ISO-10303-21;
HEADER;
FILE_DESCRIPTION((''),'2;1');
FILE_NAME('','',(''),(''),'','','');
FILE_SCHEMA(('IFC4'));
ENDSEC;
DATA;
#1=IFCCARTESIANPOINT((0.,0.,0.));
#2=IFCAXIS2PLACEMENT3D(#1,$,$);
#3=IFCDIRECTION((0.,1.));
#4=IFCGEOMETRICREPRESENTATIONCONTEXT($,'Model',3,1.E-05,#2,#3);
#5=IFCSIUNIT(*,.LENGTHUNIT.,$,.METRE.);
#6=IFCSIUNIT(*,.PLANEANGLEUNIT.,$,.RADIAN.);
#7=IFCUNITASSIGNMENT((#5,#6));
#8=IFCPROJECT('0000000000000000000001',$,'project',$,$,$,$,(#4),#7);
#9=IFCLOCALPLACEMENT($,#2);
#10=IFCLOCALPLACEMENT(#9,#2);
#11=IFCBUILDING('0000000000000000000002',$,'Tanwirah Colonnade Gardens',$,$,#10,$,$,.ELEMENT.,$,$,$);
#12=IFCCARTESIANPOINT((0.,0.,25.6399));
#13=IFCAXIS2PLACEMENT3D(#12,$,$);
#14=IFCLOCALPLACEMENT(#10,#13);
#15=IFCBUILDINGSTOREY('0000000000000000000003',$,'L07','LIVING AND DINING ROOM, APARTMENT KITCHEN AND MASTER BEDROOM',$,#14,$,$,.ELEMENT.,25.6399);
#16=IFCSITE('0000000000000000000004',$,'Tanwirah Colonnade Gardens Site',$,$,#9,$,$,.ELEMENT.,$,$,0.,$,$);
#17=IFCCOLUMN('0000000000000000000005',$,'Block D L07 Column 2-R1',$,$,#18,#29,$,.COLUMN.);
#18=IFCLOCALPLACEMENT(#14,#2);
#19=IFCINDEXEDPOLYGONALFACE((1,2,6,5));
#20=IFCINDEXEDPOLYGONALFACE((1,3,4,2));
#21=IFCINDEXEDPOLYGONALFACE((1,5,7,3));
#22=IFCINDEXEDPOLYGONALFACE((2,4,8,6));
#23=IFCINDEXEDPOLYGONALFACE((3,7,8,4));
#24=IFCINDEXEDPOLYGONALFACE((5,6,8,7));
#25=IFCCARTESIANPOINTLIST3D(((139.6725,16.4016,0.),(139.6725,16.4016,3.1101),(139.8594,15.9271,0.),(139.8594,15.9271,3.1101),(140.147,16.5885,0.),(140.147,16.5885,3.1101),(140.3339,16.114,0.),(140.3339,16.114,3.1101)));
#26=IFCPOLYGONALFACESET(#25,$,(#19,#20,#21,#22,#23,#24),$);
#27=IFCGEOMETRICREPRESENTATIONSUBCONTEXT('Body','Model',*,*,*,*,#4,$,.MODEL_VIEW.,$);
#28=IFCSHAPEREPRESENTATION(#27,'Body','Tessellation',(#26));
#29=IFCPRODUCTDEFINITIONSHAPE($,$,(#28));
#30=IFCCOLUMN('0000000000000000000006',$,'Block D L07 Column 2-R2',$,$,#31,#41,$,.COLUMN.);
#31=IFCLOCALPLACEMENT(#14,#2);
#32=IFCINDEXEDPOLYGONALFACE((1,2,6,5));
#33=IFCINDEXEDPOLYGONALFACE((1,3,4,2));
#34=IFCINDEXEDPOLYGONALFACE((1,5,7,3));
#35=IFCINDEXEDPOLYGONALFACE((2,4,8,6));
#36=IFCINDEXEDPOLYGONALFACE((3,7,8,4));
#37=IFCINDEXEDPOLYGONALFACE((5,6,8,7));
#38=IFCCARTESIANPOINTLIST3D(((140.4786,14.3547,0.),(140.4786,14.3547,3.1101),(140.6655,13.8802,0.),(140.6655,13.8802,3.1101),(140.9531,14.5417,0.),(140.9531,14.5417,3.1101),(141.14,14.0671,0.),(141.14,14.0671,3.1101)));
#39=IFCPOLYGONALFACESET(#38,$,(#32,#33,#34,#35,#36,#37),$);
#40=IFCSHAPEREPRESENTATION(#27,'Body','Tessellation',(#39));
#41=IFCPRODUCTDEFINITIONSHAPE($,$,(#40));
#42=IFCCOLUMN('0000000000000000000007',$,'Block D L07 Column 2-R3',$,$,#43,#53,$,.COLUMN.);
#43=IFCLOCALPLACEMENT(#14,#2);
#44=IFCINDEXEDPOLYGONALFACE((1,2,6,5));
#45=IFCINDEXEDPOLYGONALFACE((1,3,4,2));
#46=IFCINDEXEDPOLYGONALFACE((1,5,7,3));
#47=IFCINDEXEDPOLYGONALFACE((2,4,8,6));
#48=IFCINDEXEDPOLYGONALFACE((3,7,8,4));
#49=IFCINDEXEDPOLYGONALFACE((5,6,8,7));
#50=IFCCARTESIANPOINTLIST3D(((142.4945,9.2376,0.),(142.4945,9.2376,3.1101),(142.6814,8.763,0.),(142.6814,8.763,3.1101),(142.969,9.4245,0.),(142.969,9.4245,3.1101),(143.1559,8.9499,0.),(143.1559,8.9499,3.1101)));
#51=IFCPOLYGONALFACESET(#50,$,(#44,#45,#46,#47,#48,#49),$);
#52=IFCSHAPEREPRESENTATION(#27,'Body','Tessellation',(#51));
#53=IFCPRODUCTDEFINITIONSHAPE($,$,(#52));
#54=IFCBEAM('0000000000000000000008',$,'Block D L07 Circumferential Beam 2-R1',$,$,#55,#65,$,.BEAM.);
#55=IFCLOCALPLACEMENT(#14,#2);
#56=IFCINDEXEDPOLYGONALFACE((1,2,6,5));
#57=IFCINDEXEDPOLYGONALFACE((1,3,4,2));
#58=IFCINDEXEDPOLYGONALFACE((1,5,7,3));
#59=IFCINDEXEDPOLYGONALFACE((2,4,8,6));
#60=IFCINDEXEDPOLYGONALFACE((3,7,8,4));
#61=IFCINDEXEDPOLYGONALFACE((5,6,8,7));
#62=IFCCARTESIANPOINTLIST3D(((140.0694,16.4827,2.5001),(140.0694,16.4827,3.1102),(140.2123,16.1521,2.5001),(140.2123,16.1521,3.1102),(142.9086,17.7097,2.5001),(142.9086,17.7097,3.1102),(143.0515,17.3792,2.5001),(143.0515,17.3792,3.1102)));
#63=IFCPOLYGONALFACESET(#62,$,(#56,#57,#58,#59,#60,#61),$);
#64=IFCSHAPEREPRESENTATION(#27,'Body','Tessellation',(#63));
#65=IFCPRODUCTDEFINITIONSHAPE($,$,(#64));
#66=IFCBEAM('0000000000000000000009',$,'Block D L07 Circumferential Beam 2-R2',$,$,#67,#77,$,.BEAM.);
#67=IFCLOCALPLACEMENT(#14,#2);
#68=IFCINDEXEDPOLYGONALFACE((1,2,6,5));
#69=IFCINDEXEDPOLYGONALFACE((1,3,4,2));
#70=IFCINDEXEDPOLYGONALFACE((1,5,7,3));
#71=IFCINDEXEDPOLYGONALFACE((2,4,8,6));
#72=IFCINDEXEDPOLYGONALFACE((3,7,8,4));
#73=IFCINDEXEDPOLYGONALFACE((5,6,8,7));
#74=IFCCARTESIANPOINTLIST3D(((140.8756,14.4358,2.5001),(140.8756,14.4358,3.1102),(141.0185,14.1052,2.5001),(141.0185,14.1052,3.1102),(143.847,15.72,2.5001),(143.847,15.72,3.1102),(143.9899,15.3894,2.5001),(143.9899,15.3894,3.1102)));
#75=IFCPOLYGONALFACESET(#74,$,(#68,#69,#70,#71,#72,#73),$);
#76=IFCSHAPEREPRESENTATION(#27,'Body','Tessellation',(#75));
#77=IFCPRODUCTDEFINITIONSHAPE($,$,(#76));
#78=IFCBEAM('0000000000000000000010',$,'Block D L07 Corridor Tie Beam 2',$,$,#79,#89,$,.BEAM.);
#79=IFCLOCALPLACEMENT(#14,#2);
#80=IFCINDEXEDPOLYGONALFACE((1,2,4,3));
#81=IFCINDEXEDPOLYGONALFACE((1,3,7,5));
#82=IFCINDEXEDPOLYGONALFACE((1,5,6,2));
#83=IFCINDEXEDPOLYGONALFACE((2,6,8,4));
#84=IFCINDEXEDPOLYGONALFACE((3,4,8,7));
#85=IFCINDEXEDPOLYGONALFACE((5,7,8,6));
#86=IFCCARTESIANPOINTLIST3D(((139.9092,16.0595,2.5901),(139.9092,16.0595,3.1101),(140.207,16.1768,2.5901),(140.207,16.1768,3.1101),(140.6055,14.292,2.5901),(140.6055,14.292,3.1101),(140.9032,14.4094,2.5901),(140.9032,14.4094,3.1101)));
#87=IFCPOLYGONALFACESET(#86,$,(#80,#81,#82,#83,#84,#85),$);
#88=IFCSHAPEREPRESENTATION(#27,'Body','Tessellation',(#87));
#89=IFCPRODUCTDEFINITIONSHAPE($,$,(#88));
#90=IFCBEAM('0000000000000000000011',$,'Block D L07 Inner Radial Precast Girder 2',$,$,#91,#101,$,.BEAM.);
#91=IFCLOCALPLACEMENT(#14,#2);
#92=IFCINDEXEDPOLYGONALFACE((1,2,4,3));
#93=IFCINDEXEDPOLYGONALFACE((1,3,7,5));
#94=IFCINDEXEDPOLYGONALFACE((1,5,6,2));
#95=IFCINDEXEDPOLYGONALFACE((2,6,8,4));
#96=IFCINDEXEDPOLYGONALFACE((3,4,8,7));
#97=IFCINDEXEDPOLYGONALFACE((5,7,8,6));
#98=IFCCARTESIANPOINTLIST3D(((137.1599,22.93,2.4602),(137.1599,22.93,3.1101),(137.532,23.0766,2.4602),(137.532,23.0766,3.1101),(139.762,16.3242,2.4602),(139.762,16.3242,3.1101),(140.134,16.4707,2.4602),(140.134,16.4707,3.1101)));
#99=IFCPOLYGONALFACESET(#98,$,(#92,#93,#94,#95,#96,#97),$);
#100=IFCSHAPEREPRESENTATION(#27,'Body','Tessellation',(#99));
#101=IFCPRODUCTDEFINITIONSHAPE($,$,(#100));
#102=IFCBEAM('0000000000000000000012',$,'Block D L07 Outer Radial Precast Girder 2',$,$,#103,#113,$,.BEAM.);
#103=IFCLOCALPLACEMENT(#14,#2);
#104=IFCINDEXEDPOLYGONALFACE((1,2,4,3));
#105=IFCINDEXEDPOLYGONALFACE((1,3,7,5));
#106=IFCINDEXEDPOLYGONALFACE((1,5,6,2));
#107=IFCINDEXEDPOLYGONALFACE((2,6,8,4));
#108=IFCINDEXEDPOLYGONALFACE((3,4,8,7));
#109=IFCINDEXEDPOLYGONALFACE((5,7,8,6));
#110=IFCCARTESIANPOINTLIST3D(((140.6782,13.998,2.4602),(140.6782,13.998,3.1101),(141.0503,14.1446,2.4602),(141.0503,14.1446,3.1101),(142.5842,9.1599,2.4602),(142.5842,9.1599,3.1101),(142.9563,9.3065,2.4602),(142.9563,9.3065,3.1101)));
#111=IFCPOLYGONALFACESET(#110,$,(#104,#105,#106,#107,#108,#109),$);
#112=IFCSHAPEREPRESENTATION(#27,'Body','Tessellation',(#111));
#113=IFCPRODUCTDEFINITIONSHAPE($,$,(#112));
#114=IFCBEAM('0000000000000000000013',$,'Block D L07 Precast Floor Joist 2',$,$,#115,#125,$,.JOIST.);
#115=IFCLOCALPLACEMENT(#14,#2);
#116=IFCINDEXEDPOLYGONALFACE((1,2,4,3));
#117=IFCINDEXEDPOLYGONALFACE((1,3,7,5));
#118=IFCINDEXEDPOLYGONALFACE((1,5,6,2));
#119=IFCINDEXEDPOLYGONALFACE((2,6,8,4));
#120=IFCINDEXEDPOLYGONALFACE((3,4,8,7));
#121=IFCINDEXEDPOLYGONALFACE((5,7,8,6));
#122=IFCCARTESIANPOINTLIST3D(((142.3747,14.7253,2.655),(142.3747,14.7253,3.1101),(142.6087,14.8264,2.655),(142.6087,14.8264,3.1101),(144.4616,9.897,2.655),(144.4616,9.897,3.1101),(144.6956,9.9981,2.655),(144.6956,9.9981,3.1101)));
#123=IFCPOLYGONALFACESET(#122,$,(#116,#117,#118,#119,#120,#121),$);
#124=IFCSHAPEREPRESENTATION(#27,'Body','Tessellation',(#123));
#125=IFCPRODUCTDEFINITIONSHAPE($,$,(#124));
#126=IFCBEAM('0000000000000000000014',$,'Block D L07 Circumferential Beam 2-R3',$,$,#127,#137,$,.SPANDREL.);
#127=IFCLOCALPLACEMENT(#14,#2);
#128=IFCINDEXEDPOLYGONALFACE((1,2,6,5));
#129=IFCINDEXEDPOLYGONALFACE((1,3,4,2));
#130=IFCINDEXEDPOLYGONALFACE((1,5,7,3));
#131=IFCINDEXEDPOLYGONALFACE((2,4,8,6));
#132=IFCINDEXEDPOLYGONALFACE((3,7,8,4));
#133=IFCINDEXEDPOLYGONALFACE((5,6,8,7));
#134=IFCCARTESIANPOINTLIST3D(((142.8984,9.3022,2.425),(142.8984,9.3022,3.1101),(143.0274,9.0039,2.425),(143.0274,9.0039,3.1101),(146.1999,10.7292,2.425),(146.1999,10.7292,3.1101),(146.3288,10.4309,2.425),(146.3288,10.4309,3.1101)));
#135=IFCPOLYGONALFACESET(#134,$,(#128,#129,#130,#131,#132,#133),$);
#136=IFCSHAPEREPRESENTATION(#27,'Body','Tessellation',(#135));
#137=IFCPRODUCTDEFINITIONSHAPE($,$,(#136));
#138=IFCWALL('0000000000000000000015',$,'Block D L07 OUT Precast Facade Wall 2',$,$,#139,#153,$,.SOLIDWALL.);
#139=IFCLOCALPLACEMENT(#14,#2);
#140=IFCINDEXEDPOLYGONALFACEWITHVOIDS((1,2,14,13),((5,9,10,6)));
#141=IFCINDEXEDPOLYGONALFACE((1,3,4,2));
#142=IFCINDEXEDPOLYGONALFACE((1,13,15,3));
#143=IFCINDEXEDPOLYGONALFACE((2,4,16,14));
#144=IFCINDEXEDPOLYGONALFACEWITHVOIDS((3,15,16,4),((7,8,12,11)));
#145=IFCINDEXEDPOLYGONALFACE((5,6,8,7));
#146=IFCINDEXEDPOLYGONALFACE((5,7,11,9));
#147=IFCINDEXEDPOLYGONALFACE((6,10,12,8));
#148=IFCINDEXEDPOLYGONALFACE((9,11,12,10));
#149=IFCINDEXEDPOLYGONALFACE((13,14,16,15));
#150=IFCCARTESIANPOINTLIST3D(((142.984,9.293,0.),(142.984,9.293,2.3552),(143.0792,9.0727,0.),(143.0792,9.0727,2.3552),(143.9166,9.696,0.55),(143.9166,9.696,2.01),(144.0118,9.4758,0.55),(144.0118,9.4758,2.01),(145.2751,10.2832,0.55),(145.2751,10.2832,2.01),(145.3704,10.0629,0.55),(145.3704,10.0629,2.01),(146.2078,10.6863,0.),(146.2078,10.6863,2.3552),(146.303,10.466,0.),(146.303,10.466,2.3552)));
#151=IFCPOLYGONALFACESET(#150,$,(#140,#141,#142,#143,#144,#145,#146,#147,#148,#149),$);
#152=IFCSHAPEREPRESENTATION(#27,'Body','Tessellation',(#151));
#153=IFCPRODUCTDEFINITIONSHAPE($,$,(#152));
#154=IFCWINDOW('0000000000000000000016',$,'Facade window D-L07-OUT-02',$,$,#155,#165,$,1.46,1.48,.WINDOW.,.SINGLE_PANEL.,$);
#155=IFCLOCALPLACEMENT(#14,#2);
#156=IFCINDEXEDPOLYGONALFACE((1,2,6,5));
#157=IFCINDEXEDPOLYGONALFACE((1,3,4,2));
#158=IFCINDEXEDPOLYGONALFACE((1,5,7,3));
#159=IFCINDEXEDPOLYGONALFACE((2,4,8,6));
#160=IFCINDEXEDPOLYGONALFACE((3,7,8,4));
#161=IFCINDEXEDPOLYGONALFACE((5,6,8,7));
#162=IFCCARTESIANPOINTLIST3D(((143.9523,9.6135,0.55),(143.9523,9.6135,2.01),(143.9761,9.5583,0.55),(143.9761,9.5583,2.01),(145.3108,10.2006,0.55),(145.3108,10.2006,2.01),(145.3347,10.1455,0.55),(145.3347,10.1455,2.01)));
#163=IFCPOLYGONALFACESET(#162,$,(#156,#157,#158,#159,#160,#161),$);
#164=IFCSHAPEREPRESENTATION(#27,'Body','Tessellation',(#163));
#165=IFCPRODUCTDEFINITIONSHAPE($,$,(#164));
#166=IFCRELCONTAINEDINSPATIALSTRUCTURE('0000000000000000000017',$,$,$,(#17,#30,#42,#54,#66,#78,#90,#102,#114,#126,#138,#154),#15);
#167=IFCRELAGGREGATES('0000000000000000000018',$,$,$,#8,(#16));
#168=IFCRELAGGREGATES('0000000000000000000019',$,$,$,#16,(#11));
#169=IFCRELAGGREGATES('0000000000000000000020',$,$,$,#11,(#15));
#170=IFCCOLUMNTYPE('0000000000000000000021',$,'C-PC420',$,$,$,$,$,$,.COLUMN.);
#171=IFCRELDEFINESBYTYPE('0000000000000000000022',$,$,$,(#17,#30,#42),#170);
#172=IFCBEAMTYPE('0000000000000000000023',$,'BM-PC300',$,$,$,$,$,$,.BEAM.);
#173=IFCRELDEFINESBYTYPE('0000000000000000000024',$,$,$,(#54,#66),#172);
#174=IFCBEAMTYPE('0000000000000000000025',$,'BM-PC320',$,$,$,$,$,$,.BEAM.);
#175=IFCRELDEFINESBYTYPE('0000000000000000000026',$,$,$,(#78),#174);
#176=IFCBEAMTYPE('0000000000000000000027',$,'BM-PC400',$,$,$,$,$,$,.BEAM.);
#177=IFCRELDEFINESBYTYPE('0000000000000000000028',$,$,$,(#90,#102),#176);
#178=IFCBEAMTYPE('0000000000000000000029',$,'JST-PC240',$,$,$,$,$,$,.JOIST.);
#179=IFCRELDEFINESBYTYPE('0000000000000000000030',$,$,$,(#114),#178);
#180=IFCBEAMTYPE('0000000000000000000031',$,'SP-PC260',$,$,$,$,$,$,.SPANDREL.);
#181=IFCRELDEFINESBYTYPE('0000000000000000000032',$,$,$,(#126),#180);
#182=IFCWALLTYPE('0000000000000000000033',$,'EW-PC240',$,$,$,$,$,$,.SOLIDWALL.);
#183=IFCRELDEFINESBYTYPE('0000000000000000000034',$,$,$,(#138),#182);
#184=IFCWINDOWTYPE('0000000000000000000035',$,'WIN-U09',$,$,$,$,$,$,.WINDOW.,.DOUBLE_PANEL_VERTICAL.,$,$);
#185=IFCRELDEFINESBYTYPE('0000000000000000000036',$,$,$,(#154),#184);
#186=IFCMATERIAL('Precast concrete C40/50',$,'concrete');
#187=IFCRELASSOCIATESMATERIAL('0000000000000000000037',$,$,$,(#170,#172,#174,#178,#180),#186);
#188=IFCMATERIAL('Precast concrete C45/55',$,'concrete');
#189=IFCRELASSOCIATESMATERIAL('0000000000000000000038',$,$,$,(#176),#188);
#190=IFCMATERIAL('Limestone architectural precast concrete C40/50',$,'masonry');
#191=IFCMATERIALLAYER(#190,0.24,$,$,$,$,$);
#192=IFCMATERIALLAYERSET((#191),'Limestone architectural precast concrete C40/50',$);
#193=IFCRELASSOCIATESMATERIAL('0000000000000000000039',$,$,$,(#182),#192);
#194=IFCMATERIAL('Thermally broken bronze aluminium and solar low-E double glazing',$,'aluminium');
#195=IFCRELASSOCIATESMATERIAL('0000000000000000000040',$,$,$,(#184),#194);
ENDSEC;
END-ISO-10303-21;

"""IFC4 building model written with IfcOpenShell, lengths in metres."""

from ifc_helpers import new_model, si_unit, direction, frame, frame_2d, origin, origin_2d, place, context, subcontext, project, spatial, rectangle, extrude, material, layer, layer_set, material_profile, profile_set, type_object, element, fill, save


model = new_model("IFC4")

# Units and contexts
model_context = context("Model", 3, precision=1e-05, world=origin(), true_north=direction((0.0, 1.0)))
body_context = subcontext(model_context, "Body", "Model", "MODEL_VIEW")
ifc_project = project(units=[si_unit("LENGTHUNIT", "METRE"), si_unit("PLANEANGLEUNIT", "RADIAN")], contexts=[model_context])

# Site, building, storey
site_placement = place(None, origin())
site = spatial("IfcSite", under=ifc_project, at=site_placement, Name="Tanwirah Colonnade Gardens Site", CompositionType="ELEMENT", RefElevation=0.0)
building_placement = place(site_placement, origin())
building = spatial("IfcBuilding", under=site, at=building_placement, Name="Tanwirah Colonnade Gardens", CompositionType="ELEMENT")
storey_placement = place(building_placement, frame((0.0, 0.0, 25.6399)))
storey = spatial("IfcBuildingStorey", under=building, at=storey_placement, Name="L07", Description="LIVING AND DINING ROOM, APARTMENT KITCHEN AND MASTER BEDROOM", CompositionType="ELEMENT", Elevation=25.6399)

# Columns
ifc_material_1 = material(Name="Precast concrete C40/50", Category="concrete")
ifc_material_profile_1 = material_profile(ifc_material_1, rectangle(XDim=0.51, YDim=0.51, at=origin_2d()), Name="PC-COL 510x510")
ifc_profile_set_1 = profile_set([ifc_material_profile_1], Name="Precast concrete C40/50")
column_type = type_object("IfcColumnType", Name="C-PC420", PredefinedType="COLUMN", material=ifc_profile_set_1)
for number, where, z_axis, x_axis, name in (
    (1, (140.0032, 16.2578, 0.0), (0.0, 0.0, 1.0), (0.366501, -0.930418, 0.0), "Block D L07 Column 2-R1"),
    (2, (140.8093, 14.2109, 0.0), (0.0, 0.0, 1.0), (0.366501, -0.930418, 0.0), "Block D L07 Column 2-R2"),
    (3, (142.8252, 9.0938, 0.0), (0.0, 0.0, 1.0), (0.366501, -0.930418, 0.0), "Block D L07 Column 2-R3"),
):
    element("IfcColumn", number, at=place(storey_placement, frame(where, z_axis=z_axis, x_axis=x_axis)), inside=storey, type_object=column_type, Name=name, PredefinedType="COLUMN", context=body_context, shape_type="SweptSolid", body=[
        extrude(rectangle(XDim=0.51, YDim=0.51, at=origin_2d()), origin(), (0.0, 0.0, 1.0), 3.1101),
    ])

# Beams
ifc_material_profile_2 = material_profile(ifc_material_1, rectangle(XDim=0.3601, YDim=0.6101, at=origin_2d()), Name="PC-BM 360x610")
ifc_profile_set_2 = profile_set([ifc_material_profile_2], Name="Precast concrete C40/50")
beam_type_1 = type_object("IfcBeamType", Name="BM-PC300", PredefinedType="BEAM", material=ifc_profile_set_2)
beam_1_placement = place(storey_placement, frame((140.1409, 16.3174, 2.8052), z_axis=(0.917936, 0.396728, 0.0), x_axis=(-0.396728, 0.917936, 0.0)))
element("IfcBeam", 4, at=beam_1_placement, inside=storey, type_object=beam_type_1, Name="Block D L07 Circumferential Beam 2-R1", PredefinedType="BEAM", context=body_context, shape_type="SweptSolid", body=[
    extrude(rectangle(XDim=0.3601, YDim=0.6101, at=origin_2d()), origin(), (0.0, 0.0, 1.0), 3.093),
])
beam_2_placement = place(storey_placement, frame((140.947, 14.2705, 2.8052), z_axis=(0.917943, 0.396712, 0.0), x_axis=(-0.396712, 0.917943, 0.0)))
element("IfcBeam", 5, at=beam_2_placement, inside=storey, type_object=beam_type_1, Name="Block D L07 Circumferential Beam 2-R2", PredefinedType="BEAM", context=body_context, shape_type="SweptSolid", body=[
    extrude(rectangle(XDim=0.3601, YDim=0.6101, at=origin_2d()), origin(), (0.0, 0.0, 1.0), 3.2371),
])
ifc_material_profile_3 = material_profile(ifc_material_1, rectangle(XDim=0.3201, YDim=0.52, at=origin_2d()), Name="PC-BM 320x520")
ifc_profile_set_3 = profile_set([ifc_material_profile_3], Name="Precast concrete C40/50")
beam_type_2 = type_object("IfcBeamType", Name="BM-PC320", PredefinedType="BEAM", material=ifc_profile_set_3)
beam_3_placement = place(storey_placement, frame((140.0581, 16.1182, 2.8501), z_axis=(0.366511, -0.930414, 0.0), x_axis=(0.930414, 0.366511, 0.0)))
element("IfcBeam", 6, at=beam_3_placement, inside=storey, type_object=beam_type_2, Name="Block D L07 Corridor Tie Beam 2", PredefinedType="BEAM", context=body_context, shape_type="SweptSolid", body=[
    extrude(rectangle(XDim=0.3201, YDim=0.52, at=origin_2d()), origin(), (0.0, 0.0, 1.0), 1.8997),
])
ifc_material_2 = material(Name="Precast concrete C45/55", Category="concrete")
ifc_material_profile_4 = material_profile(ifc_material_2, rectangle(XDim=0.3999, YDim=0.6499, at=origin_2d()), Name="PC-BM 400x650")
ifc_profile_set_4 = profile_set([ifc_material_profile_4], Name="Precast concrete C45/55")
beam_type_3 = type_object("IfcBeamType", Name="BM-PC400", PredefinedType="BEAM", material=ifc_profile_set_4)
beam_4_placement = place(storey_placement, frame((139.948, 16.3975, 2.7852), z_axis=(-0.366488, 0.930423, 0.0), x_axis=(-0.930423, -0.366488, 0.0)))
element("IfcBeam", 7, at=beam_4_placement, inside=storey, type_object=beam_type_3, Name="Block D L07 Inner Radial Precast Girder 2", PredefinedType="BEAM", context=body_context, shape_type="SweptSolid", body=[
    extrude(rectangle(XDim=0.3999, YDim=0.6499, at=origin_2d()), origin(), (0.0, 0.0, 1.0), 7.0999),
])
beam_5_placement = place(storey_placement, frame((140.8643, 14.0713, 2.7852), z_axis=(0.366537, -0.930404, 0.0), x_axis=(0.930404, 0.366537, 0.0)))
element("IfcBeam", 8, at=beam_5_placement, inside=storey, type_object=beam_type_3, Name="Block D L07 Outer Radial Precast Girder 2", PredefinedType="BEAM", context=body_context, shape_type="SweptSolid", body=[
    extrude(rectangle(XDim=0.3999, YDim=0.6499, at=origin_2d()), origin(), (0.0, 0.0, 1.0), 5.2),
])
ifc_material_profile_5 = material_profile(ifc_material_1, rectangle(XDim=0.2549, YDim=0.4551, at=origin_2d()), Name="PC-JST 255x455")
ifc_profile_set_5 = profile_set([ifc_material_profile_5], Name="Precast concrete C40/50")
beam_type_4 = type_object("IfcBeamType", Name="JST-PC240", PredefinedType="JOIST", material=ifc_profile_set_5)
beam_6_placement = place(storey_placement, frame((142.4917, 14.7759, 2.8826), z_axis=(0.396746, -0.917928, 0.0), x_axis=(0.917928, 0.396746, 0.0)))
element("IfcBeam", 9, at=beam_6_placement, inside=storey, type_object=beam_type_4, Name="Block D L07 Precast Floor Joist 2", PredefinedType="JOIST", context=body_context, shape_type="SweptSolid", body=[
    extrude(rectangle(XDim=0.2549, YDim=0.4551, at=origin_2d()), origin(), (0.0, 0.0, 1.0), 5.26),
])
ifc_material_profile_6 = material_profile(ifc_material_1, rectangle(XDim=0.325, YDim=0.6851, at=origin_2d()), Name="PC-SP 325x685")
ifc_profile_set_6 = profile_set([ifc_material_profile_6], Name="Precast concrete C40/50")
beam_type_5 = type_object("IfcBeamType", Name="SP-PC260", PredefinedType="SPANDREL", material=ifc_profile_set_6)
beam_7_placement = place(storey_placement, frame((142.9629, 9.1531, 2.7676), z_axis=(0.917926, 0.396752, 0.0), x_axis=(-0.396752, 0.917926, 0.0)))
element("IfcBeam", 10, at=beam_7_placement, inside=storey, type_object=beam_type_5, Name="Block D L07 Circumferential Beam 2-R3", PredefinedType="SPANDREL", context=body_context, shape_type="SweptSolid", body=[
    extrude(rectangle(XDim=0.325, YDim=0.6851, at=origin_2d()), origin(), (0.0, 0.0, 1.0), 3.5967),
])

# Wall, opening, window
ifc_material_3 = material(Name="Limestone architectural precast concrete C40/50", Category="masonry")
ifc_layer_1 = layer(ifc_material_3, 0.24)
ifc_layer_set_1 = layer_set([ifc_layer_1], Name="Limestone architectural precast concrete C40/50")
wall_type_1 = type_object("IfcWallType", Name="EW-PC240", PredefinedType="SOLIDWALL", material=ifc_layer_set_1)
wall_1_placement = place(storey_placement, frame((143.0317, 9.1829, 0.0), z_axis=(0.0, 0.0, 1.0), x_axis=(0.917929, 0.396745, 0.0)))
wall_1 = element("IfcWall", 11, at=wall_1_placement, inside=storey, type_object=wall_type_1, Name="Block D L07 OUT Precast Facade Wall 2", PredefinedType="SOLIDWALL", context=body_context, shape_type="SweptSolid", body=[
    extrude(rectangle(XDim=3.512, YDim=0.24, at=frame_2d((1.7559, 0.0))), origin(), (0.0, 0.0, 1.0), 2.3552),
])
opening_1_placement = place(wall_1_placement, frame((1.0159, 0.0, 0.55)))
opening_1 = element("IfcOpeningElement", 12, at=opening_1_placement, cuts=wall_1, PredefinedType="OPENING", context=body_context, shape_type="SweptSolid", body=[
    extrude(rectangle(XDim=1.48, YDim=1.46, at=frame_2d((0.74, 0.73))), frame((0.0, 0.1299, 0.0), z_axis=(0.0, -1.0, 0.0), x_axis=(1.0, 0.0, 0.0)), (0.0, 0.0, 1.0), 0.26),
])
ifc_material_4 = material(Name="Thermally broken bronze aluminium and solar low-E double glazing", Category="aluminium")
window_type_1 = type_object("IfcWindowType", Name="WIN-U09", PartitioningType="DOUBLE_PANEL_VERTICAL", PredefinedType="WINDOW", material=ifc_material_4)
window_1_placement = place(opening_1_placement, origin())
window_1 = element("IfcWindow", 13, at=window_1_placement, inside=storey, type_object=window_type_1, Name="Facade window D-L07-OUT-02", OverallHeight=1.46, OverallWidth=1.48, PartitioningType="SINGLE_PANEL", PredefinedType="WINDOW", context=body_context, shape_type="SweptSolid", body=[
    extrude(rectangle(XDim=1.48, YDim=1.46, at=frame_2d((0.74, 0.73))), frame((0.0, 0.03, 0.0), z_axis=(0.0, -1.0, 0.0), x_axis=(1.0, 0.0, 0.0)), (0.0, 0.0, 1.0), 0.0601),
])
fill(opening_1, window_1)

save(model, "model.ifc")
